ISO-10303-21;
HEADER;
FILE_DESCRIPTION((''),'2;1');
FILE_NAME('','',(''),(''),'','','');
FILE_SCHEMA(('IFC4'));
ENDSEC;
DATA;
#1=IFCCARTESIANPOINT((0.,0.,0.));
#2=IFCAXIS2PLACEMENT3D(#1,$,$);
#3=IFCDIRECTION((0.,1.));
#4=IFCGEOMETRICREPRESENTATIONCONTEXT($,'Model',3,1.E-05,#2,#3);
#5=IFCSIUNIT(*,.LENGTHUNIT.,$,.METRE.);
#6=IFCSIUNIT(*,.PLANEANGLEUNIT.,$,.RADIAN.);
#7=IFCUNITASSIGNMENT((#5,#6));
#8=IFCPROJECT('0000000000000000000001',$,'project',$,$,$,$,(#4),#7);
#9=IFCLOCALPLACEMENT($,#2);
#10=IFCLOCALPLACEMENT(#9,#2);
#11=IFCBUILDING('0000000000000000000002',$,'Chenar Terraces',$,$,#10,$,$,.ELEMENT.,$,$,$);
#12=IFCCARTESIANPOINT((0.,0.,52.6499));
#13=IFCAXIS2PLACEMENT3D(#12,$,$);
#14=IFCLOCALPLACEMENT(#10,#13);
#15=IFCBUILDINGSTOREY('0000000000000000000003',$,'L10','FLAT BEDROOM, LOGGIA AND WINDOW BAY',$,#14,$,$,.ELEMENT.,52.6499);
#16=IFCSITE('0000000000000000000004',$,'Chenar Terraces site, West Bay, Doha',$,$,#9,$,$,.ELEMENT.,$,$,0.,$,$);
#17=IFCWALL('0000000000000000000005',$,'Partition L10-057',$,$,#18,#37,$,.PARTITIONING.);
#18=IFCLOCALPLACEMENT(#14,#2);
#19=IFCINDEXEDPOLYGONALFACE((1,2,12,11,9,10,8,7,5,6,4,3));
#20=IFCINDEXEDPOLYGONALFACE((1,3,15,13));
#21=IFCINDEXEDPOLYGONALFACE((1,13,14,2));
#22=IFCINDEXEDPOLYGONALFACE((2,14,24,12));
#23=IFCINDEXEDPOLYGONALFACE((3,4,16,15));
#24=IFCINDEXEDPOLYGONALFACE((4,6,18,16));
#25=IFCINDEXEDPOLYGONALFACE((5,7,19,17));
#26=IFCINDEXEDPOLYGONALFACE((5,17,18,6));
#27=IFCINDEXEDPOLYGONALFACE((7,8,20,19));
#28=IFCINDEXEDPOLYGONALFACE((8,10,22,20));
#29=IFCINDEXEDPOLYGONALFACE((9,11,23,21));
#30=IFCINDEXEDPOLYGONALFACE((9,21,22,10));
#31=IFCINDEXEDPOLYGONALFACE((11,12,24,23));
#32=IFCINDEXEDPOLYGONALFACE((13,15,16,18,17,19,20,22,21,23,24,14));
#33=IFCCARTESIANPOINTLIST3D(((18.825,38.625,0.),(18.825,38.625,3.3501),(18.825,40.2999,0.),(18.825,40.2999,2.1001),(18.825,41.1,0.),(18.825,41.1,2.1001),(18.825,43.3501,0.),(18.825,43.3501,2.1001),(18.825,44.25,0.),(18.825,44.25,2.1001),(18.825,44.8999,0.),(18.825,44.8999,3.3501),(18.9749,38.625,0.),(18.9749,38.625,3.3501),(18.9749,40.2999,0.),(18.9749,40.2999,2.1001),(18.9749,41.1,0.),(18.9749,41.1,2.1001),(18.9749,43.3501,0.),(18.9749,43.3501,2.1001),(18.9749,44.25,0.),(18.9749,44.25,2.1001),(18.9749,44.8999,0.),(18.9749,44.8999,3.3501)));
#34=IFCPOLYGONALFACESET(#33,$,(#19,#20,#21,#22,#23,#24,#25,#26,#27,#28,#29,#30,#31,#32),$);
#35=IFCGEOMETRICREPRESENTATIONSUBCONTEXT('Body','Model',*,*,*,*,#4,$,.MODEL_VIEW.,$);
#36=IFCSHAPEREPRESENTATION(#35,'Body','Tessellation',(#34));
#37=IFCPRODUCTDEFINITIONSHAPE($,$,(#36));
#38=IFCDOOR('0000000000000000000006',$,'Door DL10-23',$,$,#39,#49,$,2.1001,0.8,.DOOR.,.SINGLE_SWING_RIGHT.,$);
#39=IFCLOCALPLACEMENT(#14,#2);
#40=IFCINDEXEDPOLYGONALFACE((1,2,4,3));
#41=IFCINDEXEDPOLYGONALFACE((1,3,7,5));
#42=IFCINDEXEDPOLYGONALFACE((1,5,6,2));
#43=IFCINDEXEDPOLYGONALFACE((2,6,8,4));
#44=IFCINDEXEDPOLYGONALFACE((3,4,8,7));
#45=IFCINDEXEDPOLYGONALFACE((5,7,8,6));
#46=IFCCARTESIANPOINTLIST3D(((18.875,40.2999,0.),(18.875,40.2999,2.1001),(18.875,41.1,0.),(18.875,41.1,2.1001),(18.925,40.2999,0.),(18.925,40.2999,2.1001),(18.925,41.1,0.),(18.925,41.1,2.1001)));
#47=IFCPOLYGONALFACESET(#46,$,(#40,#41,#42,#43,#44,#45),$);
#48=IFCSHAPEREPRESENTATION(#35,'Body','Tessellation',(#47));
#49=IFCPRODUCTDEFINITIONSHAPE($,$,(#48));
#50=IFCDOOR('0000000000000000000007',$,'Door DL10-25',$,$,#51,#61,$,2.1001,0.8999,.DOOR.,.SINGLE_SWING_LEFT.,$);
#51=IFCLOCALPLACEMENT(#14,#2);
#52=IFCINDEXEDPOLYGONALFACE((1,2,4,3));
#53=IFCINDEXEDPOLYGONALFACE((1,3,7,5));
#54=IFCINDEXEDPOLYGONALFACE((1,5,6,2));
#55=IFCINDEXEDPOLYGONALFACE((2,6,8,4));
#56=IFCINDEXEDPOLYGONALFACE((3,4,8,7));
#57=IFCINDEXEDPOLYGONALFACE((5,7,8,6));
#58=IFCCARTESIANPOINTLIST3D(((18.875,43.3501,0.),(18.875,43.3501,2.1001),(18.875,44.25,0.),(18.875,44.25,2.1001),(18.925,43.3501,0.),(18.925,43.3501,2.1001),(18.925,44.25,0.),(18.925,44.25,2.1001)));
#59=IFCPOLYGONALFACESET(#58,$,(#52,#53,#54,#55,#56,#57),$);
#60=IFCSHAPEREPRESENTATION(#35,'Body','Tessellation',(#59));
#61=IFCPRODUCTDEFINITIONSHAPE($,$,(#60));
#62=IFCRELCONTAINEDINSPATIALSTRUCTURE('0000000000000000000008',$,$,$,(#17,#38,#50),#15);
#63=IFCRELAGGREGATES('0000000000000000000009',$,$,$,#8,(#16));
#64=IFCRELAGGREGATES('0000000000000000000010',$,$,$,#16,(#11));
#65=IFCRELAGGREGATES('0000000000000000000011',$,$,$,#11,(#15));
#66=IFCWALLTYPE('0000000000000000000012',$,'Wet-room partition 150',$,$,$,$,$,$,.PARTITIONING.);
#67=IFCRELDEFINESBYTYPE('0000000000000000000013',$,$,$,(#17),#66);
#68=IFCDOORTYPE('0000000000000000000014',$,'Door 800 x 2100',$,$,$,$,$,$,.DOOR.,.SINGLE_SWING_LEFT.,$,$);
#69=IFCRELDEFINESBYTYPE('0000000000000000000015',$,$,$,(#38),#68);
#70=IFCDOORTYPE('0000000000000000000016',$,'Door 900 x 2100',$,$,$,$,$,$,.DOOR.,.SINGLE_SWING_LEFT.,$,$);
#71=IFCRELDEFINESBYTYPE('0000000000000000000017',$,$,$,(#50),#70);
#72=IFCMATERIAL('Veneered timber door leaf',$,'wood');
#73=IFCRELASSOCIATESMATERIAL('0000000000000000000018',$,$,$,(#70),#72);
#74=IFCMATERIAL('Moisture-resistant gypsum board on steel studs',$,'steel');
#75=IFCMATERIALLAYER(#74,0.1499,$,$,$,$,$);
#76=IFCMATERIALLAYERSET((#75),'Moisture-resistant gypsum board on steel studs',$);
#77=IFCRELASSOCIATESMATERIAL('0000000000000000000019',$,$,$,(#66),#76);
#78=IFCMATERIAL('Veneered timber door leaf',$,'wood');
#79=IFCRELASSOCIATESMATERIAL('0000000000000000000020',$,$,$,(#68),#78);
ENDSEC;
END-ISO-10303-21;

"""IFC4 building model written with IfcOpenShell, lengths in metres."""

from ifc_helpers import new_model, si_unit, direction, frame, frame_2d, origin, place, context, subcontext, project, spatial, rectangle, extrude, material, layer, layer_set, type_object, element, fill, save


model = new_model("IFC4")

# Units and contexts
model_context = context("Model", 3, precision=1e-05, world=origin(), true_north=direction((0.0, 1.0)))
body_context = subcontext(model_context, "Body", "Model", "MODEL_VIEW")
ifc_project = project(units=[si_unit("LENGTHUNIT", "METRE"), si_unit("PLANEANGLEUNIT", "RADIAN")], contexts=[model_context])

# Site, building, storey
site_placement = place(None, origin())
site = spatial("IfcSite", under=ifc_project, at=site_placement, Name="Chenar Terraces site, West Bay, Doha", CompositionType="ELEMENT", RefElevation=0.0)
building_placement = place(site_placement, origin())
building = spatial("IfcBuilding", under=site, at=building_placement, Name="Chenar Terraces", CompositionType="ELEMENT")
storey_placement = place(building_placement, frame((0.0, 0.0, 52.6499)))
storey = spatial("IfcBuildingStorey", under=building, at=storey_placement, Name="L10", Description="FLAT BEDROOM, LOGGIA AND WINDOW BAY", CompositionType="ELEMENT", Elevation=52.6499)

# Shared definitions
ifc_material_1 = material(Name="Veneered timber door leaf", Category="wood")
door_type_1 = type_object("IfcDoorType", Name="Door 900 x 2100", OperationType="SINGLE_SWING_LEFT", PredefinedType="DOOR", material=ifc_material_1)

# Shared definitions
ifc_material_2 = material(Name="Moisture-resistant gypsum board on steel studs", Category="steel")
ifc_layer_1 = layer(ifc_material_2, 0.1499)
ifc_layer_set_1 = layer_set([ifc_layer_1], Name="Moisture-resistant gypsum board on steel studs")
wall_type_1 = type_object("IfcWallType", Name="Wet-room partition 150", PredefinedType="PARTITIONING", material=ifc_layer_set_1)
ifc_material_3 = material(Name="Veneered timber door leaf", Category="wood")
door_type_2 = type_object("IfcDoorType", Name="Door 800 x 2100", OperationType="SINGLE_SWING_LEFT", PredefinedType="DOOR", material=ifc_material_3)

# Wall, openings, doors
wall_1_placement = place(storey_placement, frame((18.8999, 38.625, 0.0), z_axis=(0.0, 0.0, 1.0), x_axis=(0.0, 1.0, 0.0)))
wall_1 = element("IfcWall", 1, at=wall_1_placement, inside=storey, type_object=wall_type_1, Name="Partition L10-057", PredefinedType="PARTITIONING", context=body_context, shape_type="SweptSolid", body=[
    extrude(rectangle(XDim=6.2749, YDim=0.1499, at=frame_2d((3.1375, 0.0))), origin(), (0.0, 0.0, 1.0), 3.3501),
])
opening_1_placement = place(wall_1_placement, frame((1.675, 0.0, 0.0)))
opening_1 = element("IfcOpeningElement", 2, at=opening_1_placement, cuts=wall_1, PredefinedType="OPENING", context=body_context, shape_type="SweptSolid", body=[
    extrude(rectangle(XDim=0.8, YDim=2.1001, at=frame_2d((0.3999, 1.05))), frame((0.0, 0.085, 0.0), z_axis=(0.0, -1.0, 0.0), x_axis=(1.0, 0.0, 0.0)), (0.0, 0.0, 1.0), 0.1699),
])
opening_2_placement = place(wall_1_placement, frame((4.7251, 0.0, 0.0)))
opening_2 = element("IfcOpeningElement", 3, at=opening_2_placement, cuts=wall_1, PredefinedType="OPENING", context=body_context, shape_type="SweptSolid", body=[
    extrude(rectangle(XDim=0.8999, YDim=2.1001, at=frame_2d((0.45, 1.05))), frame((0.0, 0.085, 0.0), z_axis=(0.0, -1.0, 0.0), x_axis=(1.0, 0.0, 0.0)), (0.0, 0.0, 1.0), 0.1699),
])
door_1_placement = place(opening_1_placement, origin())
door_1 = element("IfcDoor", 4, at=door_1_placement, inside=storey, type_object=door_type_2, Name="Door DL10-23", OperationType="SINGLE_SWING_RIGHT", OverallHeight=2.1001, OverallWidth=0.8, PredefinedType="DOOR", context=body_context, shape_type="SweptSolid", body=[
    extrude(rectangle(XDim=0.8, YDim=2.1001, at=frame_2d((0.3999, 1.05))), frame((0.0, 0.0249, 0.0), z_axis=(0.0, -1.0, 0.0), x_axis=(1.0, 0.0, 0.0)), (0.0, 0.0, 1.0), 0.05),
])
fill(opening_1, door_1)
door_2_placement = place(opening_2_placement, origin())
door_2 = element("IfcDoor", 5, at=door_2_placement, inside=storey, type_object=door_type_1, Name="Door DL10-25", OperationType="SINGLE_SWING_LEFT", OverallHeight=2.1001, OverallWidth=0.8999, PredefinedType="DOOR", context=body_context, shape_type="SweptSolid", body=[
    extrude(rectangle(XDim=0.8999, YDim=2.1001, at=frame_2d((0.45, 1.05))), frame((0.0, 0.0249, 0.0), z_axis=(0.0, -1.0, 0.0), x_axis=(1.0, 0.0, 0.0)), (0.0, 0.0, 1.0), 0.05),
])
fill(opening_2, door_2)

save(model, "model.ifc")
